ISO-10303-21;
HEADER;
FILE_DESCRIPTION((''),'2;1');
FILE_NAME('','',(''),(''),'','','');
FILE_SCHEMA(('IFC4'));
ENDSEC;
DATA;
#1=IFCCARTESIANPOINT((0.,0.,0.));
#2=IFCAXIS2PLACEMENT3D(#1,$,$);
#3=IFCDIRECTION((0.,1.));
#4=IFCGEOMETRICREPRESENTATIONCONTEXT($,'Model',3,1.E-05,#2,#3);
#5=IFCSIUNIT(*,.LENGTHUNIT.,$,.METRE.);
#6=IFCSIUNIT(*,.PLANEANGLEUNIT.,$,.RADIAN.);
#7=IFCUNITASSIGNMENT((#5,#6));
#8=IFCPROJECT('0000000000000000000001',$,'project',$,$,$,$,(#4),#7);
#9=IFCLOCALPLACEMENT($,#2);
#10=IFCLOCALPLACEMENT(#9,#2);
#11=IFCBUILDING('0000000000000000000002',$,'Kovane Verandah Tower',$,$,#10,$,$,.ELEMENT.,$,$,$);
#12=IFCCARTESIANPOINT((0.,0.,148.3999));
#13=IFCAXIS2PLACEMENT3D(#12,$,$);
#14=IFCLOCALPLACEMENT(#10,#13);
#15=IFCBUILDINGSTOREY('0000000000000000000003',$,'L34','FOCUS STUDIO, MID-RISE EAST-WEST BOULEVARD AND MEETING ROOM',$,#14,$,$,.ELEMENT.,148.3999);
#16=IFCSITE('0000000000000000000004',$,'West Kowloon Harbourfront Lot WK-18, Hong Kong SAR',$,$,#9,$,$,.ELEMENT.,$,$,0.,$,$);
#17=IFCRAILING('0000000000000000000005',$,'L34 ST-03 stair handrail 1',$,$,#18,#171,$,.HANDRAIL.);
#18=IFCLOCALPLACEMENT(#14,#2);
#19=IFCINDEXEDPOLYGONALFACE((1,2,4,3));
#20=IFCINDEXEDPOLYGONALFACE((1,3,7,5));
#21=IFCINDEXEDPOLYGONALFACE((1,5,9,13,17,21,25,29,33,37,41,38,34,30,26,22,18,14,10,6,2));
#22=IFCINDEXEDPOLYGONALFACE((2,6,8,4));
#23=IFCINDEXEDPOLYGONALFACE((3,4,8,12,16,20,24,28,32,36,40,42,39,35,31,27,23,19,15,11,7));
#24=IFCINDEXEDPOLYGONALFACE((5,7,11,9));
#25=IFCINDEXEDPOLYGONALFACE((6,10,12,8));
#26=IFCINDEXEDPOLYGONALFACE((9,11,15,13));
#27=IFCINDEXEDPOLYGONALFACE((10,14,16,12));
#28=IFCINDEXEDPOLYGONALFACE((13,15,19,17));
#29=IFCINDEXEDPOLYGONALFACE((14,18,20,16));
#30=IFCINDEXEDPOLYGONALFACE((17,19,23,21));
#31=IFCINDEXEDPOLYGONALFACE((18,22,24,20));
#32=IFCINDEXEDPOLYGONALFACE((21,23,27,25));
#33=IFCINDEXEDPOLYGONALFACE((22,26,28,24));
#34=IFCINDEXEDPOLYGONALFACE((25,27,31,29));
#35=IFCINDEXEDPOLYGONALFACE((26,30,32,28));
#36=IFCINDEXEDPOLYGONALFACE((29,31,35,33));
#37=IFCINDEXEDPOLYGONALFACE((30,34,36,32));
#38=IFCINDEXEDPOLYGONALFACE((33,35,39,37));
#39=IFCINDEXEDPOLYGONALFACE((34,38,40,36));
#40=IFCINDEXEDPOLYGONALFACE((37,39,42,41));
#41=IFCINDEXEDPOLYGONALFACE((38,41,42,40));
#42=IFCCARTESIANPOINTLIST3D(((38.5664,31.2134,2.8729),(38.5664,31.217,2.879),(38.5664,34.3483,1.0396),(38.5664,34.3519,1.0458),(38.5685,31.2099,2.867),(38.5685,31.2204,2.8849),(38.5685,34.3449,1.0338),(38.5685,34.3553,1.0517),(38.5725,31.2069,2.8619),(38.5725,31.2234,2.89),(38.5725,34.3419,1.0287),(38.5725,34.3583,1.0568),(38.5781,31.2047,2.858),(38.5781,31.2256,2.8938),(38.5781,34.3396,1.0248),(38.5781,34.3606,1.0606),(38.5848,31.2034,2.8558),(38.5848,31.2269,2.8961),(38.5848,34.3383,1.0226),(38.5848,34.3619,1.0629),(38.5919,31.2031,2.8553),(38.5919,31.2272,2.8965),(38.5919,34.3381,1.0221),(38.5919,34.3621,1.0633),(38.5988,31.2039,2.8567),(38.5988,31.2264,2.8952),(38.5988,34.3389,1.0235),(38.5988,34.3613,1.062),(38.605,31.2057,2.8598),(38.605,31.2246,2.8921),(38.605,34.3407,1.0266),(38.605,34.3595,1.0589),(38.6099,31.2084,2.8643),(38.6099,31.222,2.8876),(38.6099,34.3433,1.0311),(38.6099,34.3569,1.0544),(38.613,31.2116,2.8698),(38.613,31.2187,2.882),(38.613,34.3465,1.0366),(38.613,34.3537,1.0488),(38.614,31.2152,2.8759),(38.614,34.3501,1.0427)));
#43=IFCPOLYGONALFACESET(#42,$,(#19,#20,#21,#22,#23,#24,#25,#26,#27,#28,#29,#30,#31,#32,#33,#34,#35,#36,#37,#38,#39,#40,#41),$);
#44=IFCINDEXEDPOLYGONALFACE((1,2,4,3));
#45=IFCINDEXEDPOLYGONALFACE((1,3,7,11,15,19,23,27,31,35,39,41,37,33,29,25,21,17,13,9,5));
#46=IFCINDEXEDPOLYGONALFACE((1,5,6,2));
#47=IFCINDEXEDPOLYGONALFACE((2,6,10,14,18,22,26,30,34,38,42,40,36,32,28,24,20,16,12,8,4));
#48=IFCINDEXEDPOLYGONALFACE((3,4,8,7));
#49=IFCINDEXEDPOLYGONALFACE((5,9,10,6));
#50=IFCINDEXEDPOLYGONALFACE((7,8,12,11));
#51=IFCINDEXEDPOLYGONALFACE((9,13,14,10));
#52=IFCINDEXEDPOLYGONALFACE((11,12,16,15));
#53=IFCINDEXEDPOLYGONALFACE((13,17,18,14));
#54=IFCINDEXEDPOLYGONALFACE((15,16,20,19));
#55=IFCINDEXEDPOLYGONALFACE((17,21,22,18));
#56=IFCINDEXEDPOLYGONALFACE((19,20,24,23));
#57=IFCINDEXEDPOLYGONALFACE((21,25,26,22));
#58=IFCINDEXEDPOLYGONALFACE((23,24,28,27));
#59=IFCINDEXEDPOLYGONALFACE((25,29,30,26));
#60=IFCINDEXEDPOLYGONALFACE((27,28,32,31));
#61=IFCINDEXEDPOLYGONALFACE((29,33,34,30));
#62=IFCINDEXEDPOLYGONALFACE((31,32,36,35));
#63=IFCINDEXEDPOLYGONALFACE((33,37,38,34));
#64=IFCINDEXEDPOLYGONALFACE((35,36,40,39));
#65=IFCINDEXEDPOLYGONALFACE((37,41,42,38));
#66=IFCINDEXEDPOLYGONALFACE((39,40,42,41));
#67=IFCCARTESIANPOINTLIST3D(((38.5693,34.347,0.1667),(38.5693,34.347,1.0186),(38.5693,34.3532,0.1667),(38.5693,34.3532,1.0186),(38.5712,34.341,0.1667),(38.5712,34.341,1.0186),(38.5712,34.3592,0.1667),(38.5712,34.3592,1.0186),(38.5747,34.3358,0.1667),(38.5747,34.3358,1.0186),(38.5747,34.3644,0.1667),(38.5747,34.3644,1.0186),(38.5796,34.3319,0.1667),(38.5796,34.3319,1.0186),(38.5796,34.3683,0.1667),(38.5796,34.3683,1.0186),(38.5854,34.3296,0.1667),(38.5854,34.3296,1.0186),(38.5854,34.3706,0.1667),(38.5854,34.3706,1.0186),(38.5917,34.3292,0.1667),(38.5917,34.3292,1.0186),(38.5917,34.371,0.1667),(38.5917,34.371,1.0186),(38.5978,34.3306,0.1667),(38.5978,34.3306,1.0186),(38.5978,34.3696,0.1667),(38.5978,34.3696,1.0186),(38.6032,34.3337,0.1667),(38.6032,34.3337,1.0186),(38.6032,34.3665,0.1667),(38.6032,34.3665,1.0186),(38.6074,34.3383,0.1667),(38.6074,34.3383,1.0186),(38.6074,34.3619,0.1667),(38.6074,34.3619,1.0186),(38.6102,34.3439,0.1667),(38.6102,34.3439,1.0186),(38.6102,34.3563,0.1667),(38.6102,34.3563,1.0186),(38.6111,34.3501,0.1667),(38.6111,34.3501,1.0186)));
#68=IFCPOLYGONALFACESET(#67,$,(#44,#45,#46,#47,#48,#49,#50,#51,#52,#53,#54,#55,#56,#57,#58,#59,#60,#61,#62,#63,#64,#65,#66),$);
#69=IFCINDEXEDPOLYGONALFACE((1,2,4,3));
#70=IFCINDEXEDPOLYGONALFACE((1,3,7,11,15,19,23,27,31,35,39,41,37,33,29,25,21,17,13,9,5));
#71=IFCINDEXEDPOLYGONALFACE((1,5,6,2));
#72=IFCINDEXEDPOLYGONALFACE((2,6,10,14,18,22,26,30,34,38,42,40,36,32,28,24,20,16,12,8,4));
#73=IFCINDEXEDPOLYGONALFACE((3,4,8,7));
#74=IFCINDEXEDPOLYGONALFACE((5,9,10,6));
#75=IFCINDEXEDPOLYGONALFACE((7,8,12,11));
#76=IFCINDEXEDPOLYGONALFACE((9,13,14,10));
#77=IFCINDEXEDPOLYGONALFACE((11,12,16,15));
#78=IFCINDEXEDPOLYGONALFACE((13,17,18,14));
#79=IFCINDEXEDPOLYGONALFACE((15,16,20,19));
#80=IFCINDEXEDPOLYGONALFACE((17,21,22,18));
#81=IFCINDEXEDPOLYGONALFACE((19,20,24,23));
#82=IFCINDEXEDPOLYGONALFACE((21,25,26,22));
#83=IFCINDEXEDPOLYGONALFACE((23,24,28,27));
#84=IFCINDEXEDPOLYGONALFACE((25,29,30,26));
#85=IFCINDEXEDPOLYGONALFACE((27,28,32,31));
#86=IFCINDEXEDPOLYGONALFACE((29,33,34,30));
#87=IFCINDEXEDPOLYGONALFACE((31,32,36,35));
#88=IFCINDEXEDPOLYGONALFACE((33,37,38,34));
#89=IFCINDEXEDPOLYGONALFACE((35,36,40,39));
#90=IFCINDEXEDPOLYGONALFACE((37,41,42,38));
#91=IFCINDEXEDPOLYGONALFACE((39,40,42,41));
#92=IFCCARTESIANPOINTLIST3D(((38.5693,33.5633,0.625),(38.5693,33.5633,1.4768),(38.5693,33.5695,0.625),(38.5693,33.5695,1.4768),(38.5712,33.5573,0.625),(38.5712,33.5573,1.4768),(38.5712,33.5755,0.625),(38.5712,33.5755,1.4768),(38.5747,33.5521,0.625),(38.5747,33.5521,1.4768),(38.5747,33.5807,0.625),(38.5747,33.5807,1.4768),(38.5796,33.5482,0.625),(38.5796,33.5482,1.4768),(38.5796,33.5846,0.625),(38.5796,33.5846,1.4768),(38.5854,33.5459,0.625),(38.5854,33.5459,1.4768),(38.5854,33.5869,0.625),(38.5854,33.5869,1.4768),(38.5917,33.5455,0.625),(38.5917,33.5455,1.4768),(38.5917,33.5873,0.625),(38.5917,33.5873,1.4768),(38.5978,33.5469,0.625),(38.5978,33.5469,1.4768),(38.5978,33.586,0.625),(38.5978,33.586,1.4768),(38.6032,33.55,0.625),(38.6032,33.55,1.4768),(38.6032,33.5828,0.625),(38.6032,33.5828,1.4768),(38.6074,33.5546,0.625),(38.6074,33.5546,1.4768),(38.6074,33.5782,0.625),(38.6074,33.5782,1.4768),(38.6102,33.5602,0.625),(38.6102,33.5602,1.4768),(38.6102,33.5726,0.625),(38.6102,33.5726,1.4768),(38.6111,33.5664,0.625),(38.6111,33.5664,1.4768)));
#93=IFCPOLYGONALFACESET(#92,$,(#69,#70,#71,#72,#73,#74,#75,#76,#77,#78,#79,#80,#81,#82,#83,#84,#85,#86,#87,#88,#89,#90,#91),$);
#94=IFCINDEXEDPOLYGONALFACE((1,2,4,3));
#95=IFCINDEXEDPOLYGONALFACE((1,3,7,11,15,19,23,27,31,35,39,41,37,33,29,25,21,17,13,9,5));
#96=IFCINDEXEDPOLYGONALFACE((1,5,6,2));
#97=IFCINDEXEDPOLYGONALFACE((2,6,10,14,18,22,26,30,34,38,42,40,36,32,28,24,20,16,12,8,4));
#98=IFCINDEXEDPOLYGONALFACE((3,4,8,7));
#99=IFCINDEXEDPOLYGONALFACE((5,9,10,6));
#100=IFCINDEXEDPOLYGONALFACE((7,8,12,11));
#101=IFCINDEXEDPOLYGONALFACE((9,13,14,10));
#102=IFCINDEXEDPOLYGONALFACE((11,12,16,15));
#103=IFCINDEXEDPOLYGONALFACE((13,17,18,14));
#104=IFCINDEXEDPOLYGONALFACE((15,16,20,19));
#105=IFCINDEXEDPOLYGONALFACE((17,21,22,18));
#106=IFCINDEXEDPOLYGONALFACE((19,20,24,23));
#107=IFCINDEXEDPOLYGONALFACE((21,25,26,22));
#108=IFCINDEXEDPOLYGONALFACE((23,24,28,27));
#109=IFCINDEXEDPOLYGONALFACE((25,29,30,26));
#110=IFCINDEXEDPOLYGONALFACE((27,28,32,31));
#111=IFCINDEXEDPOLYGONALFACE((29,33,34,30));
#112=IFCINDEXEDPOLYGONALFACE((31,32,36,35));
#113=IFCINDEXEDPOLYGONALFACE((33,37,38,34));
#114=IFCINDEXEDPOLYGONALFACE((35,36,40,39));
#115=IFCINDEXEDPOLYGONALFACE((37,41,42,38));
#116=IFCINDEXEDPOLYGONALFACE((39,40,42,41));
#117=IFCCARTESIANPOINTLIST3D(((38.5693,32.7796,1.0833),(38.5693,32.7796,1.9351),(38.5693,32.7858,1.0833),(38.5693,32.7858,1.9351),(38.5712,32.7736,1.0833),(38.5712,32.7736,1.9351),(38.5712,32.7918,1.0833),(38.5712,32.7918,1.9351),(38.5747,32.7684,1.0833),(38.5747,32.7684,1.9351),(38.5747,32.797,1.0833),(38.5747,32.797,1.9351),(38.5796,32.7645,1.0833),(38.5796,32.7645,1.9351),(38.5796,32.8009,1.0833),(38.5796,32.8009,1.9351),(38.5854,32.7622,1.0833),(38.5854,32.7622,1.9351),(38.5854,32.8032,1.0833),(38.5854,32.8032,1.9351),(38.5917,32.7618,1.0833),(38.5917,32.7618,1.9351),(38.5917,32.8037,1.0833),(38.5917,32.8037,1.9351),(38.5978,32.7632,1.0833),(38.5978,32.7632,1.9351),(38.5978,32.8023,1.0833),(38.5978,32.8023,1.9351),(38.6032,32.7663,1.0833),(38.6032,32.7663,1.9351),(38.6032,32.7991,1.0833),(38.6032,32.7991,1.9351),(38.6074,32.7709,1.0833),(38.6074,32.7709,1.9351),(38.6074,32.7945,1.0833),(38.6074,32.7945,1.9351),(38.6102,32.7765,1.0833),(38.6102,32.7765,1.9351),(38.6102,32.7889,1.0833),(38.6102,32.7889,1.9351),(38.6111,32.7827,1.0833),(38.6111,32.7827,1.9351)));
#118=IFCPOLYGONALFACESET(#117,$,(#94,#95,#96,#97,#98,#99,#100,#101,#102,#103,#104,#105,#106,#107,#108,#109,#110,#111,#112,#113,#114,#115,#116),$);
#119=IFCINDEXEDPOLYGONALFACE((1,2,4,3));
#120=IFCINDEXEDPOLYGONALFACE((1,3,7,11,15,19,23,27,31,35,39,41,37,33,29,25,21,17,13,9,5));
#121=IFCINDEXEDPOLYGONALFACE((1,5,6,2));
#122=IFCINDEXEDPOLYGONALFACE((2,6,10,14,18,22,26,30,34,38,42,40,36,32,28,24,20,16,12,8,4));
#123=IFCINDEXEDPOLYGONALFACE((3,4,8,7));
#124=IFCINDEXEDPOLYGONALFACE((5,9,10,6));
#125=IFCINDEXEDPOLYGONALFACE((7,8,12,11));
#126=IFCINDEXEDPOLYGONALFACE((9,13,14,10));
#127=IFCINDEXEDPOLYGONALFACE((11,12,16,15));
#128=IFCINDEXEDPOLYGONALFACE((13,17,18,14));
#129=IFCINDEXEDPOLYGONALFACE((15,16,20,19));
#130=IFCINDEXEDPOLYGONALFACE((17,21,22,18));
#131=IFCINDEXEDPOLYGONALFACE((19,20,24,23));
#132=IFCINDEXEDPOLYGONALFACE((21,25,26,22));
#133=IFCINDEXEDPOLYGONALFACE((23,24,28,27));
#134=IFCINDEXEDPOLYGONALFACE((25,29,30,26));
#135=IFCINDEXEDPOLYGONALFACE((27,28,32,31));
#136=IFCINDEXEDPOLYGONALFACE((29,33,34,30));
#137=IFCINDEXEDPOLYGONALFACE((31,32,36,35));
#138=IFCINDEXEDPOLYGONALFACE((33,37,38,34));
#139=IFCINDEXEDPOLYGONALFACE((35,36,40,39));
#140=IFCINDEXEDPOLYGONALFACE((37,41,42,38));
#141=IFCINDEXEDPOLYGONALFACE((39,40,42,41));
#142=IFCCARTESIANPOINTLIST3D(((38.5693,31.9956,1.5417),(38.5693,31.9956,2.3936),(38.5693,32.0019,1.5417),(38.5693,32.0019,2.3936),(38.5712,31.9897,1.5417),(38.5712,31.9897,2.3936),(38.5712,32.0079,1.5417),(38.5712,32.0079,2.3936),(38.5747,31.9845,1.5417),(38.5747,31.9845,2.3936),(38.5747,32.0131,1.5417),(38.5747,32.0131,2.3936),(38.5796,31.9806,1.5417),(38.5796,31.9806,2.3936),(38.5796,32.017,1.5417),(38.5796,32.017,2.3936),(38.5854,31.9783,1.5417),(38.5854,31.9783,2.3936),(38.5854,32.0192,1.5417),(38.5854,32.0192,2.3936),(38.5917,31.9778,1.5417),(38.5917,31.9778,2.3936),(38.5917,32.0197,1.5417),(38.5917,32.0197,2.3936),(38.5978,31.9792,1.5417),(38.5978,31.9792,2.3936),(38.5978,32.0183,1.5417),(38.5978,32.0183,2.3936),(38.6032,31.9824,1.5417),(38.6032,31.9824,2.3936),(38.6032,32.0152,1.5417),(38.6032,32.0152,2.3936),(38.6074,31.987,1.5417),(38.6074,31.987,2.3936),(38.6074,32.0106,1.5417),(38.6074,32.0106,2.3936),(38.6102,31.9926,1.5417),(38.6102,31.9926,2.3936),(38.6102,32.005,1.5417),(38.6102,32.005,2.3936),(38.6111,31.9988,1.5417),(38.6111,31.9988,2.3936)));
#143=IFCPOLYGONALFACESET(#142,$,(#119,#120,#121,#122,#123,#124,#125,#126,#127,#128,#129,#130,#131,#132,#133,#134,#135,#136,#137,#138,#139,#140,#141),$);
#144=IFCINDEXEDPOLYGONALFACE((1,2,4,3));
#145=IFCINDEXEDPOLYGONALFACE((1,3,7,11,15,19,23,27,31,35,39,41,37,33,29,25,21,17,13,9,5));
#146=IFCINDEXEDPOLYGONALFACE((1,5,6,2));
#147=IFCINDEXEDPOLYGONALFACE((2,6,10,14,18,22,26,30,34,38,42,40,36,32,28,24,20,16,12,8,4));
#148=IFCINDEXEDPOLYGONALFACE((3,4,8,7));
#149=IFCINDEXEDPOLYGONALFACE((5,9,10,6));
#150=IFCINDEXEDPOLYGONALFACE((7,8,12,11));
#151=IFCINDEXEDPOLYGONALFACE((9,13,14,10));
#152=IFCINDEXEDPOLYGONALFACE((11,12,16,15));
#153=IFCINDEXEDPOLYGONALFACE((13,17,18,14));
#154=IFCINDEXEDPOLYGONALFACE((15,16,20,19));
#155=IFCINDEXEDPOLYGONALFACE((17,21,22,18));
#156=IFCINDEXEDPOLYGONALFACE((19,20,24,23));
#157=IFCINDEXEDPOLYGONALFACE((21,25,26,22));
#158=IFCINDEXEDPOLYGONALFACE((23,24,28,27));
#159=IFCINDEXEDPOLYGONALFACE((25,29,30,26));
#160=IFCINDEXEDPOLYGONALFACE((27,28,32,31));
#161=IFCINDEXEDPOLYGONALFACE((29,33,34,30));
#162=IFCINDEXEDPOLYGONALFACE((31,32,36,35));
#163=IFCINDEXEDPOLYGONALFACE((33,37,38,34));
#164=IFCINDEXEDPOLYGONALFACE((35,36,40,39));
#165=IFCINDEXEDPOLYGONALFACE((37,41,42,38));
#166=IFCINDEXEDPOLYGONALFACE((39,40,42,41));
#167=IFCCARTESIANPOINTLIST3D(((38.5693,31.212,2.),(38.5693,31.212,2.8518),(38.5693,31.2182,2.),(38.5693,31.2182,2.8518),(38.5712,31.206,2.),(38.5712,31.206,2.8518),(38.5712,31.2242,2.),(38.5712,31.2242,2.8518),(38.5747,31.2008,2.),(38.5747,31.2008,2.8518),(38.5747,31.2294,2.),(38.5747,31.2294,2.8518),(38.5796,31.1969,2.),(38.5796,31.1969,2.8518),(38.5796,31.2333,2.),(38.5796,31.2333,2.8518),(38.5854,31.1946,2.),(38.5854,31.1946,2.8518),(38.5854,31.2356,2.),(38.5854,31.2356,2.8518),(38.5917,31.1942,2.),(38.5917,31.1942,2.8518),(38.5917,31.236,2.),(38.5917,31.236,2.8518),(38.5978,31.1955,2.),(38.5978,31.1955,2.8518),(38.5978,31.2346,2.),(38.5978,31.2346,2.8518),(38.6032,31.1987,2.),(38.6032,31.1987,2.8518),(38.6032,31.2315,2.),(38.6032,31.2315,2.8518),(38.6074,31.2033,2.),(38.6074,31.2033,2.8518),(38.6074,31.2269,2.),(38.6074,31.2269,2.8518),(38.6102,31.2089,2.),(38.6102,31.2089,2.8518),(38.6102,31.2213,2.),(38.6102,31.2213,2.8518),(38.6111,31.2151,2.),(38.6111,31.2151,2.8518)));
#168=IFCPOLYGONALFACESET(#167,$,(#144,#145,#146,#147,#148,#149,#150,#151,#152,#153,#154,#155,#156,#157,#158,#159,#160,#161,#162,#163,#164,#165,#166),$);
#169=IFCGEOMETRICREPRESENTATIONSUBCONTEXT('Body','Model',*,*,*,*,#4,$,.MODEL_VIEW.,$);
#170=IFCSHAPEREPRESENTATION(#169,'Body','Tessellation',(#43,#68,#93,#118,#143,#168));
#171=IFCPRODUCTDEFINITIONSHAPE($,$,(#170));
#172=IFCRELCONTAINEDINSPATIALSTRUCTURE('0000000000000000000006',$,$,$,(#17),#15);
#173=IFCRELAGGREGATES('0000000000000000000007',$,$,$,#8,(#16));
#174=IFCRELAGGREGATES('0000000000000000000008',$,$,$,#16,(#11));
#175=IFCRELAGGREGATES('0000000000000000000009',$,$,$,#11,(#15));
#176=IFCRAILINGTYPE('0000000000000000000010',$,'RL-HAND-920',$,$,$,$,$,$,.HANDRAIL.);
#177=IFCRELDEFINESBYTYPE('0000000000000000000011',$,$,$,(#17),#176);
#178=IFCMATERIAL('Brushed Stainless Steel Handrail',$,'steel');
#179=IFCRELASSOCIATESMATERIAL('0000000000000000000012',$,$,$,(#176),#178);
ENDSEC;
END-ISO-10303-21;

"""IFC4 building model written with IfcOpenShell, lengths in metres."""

from ifc_helpers import new_model, si_unit, direction, frame, origin, origin_2d, place, context, subcontext, project, spatial, circle, extrude, material, type_object, element, save


model = new_model("IFC4")

# Units and contexts
model_context = context("Model", 3, precision=1e-05, world=origin(), true_north=direction((0.0, 1.0)))
body_context = subcontext(model_context, "Body", "Model", "MODEL_VIEW")
ifc_project = project(units=[si_unit("LENGTHUNIT", "METRE"), si_unit("PLANEANGLEUNIT", "RADIAN")], contexts=[model_context])

# Site, building, storey
site_placement = place(None, origin())
site = spatial("IfcSite", under=ifc_project, at=site_placement, Name="West Kowloon Harbourfront Lot WK-18, Hong Kong SAR", CompositionType="ELEMENT", RefElevation=0.0)
building_placement = place(site_placement, origin())
building = spatial("IfcBuilding", under=site, at=building_placement, Name="Kovane Verandah Tower", CompositionType="ELEMENT")
storey_placement = place(building_placement, frame((0.0, 0.0, 148.3999)))
storey = spatial("IfcBuildingStorey", under=building, at=storey_placement, Name="L34", Description="FOCUS STUDIO, MID-RISE EAST-WEST BOULEVARD AND MEETING ROOM", CompositionType="ELEMENT", Elevation=148.3999)

# Railing
ifc_material_1 = material(Name="Brushed Stainless Steel Handrail", Category="steel")
railing_type_1 = type_object("IfcRailingType", Name="RL-HAND-920", PredefinedType="HANDRAIL", material=ifc_material_1)
railing_1_placement = place(storey_placement, frame((38.5901, 34.3501, 0.1667)))
element("IfcRailing", 1, at=railing_1_placement, inside=storey, type_object=railing_type_1, Name="L34 ST-03 stair handrail 1", PredefinedType="HANDRAIL", context=body_context, shape_type="SweptSolid", body=[
    extrude(circle(Radius=0.0239, at=origin_2d()), frame((0.0, 0.0, 0.876), z_axis=(0.0, -0.86324, 0.504794), x_axis=(1.0, 0.0, 0.0)), (0.0, 0.0, 1.0), 3.6316),
    extrude(circle(Radius=0.021, at=origin_2d()), origin(), (0.0, 0.0, 1.0), 0.8518),
    extrude(circle(Radius=0.021, at=origin_2d()), frame((0.0, -0.7837, 0.4583)), (0.0, 0.0, 1.0), 0.8518),
    extrude(circle(Radius=0.021, at=origin_2d()), frame((0.0, -1.5674, 0.9165)), (0.0, 0.0, 1.0), 0.8518),
    extrude(circle(Radius=0.021, at=origin_2d()), frame((0.0, -2.3513, 1.375)), (0.0, 0.0, 1.0), 0.8518),
    extrude(circle(Radius=0.021, at=origin_2d()), frame((0.0, -3.135, 1.8333)), (0.0, 0.0, 1.0), 0.8518),
])

save(model, "model.ifc")
